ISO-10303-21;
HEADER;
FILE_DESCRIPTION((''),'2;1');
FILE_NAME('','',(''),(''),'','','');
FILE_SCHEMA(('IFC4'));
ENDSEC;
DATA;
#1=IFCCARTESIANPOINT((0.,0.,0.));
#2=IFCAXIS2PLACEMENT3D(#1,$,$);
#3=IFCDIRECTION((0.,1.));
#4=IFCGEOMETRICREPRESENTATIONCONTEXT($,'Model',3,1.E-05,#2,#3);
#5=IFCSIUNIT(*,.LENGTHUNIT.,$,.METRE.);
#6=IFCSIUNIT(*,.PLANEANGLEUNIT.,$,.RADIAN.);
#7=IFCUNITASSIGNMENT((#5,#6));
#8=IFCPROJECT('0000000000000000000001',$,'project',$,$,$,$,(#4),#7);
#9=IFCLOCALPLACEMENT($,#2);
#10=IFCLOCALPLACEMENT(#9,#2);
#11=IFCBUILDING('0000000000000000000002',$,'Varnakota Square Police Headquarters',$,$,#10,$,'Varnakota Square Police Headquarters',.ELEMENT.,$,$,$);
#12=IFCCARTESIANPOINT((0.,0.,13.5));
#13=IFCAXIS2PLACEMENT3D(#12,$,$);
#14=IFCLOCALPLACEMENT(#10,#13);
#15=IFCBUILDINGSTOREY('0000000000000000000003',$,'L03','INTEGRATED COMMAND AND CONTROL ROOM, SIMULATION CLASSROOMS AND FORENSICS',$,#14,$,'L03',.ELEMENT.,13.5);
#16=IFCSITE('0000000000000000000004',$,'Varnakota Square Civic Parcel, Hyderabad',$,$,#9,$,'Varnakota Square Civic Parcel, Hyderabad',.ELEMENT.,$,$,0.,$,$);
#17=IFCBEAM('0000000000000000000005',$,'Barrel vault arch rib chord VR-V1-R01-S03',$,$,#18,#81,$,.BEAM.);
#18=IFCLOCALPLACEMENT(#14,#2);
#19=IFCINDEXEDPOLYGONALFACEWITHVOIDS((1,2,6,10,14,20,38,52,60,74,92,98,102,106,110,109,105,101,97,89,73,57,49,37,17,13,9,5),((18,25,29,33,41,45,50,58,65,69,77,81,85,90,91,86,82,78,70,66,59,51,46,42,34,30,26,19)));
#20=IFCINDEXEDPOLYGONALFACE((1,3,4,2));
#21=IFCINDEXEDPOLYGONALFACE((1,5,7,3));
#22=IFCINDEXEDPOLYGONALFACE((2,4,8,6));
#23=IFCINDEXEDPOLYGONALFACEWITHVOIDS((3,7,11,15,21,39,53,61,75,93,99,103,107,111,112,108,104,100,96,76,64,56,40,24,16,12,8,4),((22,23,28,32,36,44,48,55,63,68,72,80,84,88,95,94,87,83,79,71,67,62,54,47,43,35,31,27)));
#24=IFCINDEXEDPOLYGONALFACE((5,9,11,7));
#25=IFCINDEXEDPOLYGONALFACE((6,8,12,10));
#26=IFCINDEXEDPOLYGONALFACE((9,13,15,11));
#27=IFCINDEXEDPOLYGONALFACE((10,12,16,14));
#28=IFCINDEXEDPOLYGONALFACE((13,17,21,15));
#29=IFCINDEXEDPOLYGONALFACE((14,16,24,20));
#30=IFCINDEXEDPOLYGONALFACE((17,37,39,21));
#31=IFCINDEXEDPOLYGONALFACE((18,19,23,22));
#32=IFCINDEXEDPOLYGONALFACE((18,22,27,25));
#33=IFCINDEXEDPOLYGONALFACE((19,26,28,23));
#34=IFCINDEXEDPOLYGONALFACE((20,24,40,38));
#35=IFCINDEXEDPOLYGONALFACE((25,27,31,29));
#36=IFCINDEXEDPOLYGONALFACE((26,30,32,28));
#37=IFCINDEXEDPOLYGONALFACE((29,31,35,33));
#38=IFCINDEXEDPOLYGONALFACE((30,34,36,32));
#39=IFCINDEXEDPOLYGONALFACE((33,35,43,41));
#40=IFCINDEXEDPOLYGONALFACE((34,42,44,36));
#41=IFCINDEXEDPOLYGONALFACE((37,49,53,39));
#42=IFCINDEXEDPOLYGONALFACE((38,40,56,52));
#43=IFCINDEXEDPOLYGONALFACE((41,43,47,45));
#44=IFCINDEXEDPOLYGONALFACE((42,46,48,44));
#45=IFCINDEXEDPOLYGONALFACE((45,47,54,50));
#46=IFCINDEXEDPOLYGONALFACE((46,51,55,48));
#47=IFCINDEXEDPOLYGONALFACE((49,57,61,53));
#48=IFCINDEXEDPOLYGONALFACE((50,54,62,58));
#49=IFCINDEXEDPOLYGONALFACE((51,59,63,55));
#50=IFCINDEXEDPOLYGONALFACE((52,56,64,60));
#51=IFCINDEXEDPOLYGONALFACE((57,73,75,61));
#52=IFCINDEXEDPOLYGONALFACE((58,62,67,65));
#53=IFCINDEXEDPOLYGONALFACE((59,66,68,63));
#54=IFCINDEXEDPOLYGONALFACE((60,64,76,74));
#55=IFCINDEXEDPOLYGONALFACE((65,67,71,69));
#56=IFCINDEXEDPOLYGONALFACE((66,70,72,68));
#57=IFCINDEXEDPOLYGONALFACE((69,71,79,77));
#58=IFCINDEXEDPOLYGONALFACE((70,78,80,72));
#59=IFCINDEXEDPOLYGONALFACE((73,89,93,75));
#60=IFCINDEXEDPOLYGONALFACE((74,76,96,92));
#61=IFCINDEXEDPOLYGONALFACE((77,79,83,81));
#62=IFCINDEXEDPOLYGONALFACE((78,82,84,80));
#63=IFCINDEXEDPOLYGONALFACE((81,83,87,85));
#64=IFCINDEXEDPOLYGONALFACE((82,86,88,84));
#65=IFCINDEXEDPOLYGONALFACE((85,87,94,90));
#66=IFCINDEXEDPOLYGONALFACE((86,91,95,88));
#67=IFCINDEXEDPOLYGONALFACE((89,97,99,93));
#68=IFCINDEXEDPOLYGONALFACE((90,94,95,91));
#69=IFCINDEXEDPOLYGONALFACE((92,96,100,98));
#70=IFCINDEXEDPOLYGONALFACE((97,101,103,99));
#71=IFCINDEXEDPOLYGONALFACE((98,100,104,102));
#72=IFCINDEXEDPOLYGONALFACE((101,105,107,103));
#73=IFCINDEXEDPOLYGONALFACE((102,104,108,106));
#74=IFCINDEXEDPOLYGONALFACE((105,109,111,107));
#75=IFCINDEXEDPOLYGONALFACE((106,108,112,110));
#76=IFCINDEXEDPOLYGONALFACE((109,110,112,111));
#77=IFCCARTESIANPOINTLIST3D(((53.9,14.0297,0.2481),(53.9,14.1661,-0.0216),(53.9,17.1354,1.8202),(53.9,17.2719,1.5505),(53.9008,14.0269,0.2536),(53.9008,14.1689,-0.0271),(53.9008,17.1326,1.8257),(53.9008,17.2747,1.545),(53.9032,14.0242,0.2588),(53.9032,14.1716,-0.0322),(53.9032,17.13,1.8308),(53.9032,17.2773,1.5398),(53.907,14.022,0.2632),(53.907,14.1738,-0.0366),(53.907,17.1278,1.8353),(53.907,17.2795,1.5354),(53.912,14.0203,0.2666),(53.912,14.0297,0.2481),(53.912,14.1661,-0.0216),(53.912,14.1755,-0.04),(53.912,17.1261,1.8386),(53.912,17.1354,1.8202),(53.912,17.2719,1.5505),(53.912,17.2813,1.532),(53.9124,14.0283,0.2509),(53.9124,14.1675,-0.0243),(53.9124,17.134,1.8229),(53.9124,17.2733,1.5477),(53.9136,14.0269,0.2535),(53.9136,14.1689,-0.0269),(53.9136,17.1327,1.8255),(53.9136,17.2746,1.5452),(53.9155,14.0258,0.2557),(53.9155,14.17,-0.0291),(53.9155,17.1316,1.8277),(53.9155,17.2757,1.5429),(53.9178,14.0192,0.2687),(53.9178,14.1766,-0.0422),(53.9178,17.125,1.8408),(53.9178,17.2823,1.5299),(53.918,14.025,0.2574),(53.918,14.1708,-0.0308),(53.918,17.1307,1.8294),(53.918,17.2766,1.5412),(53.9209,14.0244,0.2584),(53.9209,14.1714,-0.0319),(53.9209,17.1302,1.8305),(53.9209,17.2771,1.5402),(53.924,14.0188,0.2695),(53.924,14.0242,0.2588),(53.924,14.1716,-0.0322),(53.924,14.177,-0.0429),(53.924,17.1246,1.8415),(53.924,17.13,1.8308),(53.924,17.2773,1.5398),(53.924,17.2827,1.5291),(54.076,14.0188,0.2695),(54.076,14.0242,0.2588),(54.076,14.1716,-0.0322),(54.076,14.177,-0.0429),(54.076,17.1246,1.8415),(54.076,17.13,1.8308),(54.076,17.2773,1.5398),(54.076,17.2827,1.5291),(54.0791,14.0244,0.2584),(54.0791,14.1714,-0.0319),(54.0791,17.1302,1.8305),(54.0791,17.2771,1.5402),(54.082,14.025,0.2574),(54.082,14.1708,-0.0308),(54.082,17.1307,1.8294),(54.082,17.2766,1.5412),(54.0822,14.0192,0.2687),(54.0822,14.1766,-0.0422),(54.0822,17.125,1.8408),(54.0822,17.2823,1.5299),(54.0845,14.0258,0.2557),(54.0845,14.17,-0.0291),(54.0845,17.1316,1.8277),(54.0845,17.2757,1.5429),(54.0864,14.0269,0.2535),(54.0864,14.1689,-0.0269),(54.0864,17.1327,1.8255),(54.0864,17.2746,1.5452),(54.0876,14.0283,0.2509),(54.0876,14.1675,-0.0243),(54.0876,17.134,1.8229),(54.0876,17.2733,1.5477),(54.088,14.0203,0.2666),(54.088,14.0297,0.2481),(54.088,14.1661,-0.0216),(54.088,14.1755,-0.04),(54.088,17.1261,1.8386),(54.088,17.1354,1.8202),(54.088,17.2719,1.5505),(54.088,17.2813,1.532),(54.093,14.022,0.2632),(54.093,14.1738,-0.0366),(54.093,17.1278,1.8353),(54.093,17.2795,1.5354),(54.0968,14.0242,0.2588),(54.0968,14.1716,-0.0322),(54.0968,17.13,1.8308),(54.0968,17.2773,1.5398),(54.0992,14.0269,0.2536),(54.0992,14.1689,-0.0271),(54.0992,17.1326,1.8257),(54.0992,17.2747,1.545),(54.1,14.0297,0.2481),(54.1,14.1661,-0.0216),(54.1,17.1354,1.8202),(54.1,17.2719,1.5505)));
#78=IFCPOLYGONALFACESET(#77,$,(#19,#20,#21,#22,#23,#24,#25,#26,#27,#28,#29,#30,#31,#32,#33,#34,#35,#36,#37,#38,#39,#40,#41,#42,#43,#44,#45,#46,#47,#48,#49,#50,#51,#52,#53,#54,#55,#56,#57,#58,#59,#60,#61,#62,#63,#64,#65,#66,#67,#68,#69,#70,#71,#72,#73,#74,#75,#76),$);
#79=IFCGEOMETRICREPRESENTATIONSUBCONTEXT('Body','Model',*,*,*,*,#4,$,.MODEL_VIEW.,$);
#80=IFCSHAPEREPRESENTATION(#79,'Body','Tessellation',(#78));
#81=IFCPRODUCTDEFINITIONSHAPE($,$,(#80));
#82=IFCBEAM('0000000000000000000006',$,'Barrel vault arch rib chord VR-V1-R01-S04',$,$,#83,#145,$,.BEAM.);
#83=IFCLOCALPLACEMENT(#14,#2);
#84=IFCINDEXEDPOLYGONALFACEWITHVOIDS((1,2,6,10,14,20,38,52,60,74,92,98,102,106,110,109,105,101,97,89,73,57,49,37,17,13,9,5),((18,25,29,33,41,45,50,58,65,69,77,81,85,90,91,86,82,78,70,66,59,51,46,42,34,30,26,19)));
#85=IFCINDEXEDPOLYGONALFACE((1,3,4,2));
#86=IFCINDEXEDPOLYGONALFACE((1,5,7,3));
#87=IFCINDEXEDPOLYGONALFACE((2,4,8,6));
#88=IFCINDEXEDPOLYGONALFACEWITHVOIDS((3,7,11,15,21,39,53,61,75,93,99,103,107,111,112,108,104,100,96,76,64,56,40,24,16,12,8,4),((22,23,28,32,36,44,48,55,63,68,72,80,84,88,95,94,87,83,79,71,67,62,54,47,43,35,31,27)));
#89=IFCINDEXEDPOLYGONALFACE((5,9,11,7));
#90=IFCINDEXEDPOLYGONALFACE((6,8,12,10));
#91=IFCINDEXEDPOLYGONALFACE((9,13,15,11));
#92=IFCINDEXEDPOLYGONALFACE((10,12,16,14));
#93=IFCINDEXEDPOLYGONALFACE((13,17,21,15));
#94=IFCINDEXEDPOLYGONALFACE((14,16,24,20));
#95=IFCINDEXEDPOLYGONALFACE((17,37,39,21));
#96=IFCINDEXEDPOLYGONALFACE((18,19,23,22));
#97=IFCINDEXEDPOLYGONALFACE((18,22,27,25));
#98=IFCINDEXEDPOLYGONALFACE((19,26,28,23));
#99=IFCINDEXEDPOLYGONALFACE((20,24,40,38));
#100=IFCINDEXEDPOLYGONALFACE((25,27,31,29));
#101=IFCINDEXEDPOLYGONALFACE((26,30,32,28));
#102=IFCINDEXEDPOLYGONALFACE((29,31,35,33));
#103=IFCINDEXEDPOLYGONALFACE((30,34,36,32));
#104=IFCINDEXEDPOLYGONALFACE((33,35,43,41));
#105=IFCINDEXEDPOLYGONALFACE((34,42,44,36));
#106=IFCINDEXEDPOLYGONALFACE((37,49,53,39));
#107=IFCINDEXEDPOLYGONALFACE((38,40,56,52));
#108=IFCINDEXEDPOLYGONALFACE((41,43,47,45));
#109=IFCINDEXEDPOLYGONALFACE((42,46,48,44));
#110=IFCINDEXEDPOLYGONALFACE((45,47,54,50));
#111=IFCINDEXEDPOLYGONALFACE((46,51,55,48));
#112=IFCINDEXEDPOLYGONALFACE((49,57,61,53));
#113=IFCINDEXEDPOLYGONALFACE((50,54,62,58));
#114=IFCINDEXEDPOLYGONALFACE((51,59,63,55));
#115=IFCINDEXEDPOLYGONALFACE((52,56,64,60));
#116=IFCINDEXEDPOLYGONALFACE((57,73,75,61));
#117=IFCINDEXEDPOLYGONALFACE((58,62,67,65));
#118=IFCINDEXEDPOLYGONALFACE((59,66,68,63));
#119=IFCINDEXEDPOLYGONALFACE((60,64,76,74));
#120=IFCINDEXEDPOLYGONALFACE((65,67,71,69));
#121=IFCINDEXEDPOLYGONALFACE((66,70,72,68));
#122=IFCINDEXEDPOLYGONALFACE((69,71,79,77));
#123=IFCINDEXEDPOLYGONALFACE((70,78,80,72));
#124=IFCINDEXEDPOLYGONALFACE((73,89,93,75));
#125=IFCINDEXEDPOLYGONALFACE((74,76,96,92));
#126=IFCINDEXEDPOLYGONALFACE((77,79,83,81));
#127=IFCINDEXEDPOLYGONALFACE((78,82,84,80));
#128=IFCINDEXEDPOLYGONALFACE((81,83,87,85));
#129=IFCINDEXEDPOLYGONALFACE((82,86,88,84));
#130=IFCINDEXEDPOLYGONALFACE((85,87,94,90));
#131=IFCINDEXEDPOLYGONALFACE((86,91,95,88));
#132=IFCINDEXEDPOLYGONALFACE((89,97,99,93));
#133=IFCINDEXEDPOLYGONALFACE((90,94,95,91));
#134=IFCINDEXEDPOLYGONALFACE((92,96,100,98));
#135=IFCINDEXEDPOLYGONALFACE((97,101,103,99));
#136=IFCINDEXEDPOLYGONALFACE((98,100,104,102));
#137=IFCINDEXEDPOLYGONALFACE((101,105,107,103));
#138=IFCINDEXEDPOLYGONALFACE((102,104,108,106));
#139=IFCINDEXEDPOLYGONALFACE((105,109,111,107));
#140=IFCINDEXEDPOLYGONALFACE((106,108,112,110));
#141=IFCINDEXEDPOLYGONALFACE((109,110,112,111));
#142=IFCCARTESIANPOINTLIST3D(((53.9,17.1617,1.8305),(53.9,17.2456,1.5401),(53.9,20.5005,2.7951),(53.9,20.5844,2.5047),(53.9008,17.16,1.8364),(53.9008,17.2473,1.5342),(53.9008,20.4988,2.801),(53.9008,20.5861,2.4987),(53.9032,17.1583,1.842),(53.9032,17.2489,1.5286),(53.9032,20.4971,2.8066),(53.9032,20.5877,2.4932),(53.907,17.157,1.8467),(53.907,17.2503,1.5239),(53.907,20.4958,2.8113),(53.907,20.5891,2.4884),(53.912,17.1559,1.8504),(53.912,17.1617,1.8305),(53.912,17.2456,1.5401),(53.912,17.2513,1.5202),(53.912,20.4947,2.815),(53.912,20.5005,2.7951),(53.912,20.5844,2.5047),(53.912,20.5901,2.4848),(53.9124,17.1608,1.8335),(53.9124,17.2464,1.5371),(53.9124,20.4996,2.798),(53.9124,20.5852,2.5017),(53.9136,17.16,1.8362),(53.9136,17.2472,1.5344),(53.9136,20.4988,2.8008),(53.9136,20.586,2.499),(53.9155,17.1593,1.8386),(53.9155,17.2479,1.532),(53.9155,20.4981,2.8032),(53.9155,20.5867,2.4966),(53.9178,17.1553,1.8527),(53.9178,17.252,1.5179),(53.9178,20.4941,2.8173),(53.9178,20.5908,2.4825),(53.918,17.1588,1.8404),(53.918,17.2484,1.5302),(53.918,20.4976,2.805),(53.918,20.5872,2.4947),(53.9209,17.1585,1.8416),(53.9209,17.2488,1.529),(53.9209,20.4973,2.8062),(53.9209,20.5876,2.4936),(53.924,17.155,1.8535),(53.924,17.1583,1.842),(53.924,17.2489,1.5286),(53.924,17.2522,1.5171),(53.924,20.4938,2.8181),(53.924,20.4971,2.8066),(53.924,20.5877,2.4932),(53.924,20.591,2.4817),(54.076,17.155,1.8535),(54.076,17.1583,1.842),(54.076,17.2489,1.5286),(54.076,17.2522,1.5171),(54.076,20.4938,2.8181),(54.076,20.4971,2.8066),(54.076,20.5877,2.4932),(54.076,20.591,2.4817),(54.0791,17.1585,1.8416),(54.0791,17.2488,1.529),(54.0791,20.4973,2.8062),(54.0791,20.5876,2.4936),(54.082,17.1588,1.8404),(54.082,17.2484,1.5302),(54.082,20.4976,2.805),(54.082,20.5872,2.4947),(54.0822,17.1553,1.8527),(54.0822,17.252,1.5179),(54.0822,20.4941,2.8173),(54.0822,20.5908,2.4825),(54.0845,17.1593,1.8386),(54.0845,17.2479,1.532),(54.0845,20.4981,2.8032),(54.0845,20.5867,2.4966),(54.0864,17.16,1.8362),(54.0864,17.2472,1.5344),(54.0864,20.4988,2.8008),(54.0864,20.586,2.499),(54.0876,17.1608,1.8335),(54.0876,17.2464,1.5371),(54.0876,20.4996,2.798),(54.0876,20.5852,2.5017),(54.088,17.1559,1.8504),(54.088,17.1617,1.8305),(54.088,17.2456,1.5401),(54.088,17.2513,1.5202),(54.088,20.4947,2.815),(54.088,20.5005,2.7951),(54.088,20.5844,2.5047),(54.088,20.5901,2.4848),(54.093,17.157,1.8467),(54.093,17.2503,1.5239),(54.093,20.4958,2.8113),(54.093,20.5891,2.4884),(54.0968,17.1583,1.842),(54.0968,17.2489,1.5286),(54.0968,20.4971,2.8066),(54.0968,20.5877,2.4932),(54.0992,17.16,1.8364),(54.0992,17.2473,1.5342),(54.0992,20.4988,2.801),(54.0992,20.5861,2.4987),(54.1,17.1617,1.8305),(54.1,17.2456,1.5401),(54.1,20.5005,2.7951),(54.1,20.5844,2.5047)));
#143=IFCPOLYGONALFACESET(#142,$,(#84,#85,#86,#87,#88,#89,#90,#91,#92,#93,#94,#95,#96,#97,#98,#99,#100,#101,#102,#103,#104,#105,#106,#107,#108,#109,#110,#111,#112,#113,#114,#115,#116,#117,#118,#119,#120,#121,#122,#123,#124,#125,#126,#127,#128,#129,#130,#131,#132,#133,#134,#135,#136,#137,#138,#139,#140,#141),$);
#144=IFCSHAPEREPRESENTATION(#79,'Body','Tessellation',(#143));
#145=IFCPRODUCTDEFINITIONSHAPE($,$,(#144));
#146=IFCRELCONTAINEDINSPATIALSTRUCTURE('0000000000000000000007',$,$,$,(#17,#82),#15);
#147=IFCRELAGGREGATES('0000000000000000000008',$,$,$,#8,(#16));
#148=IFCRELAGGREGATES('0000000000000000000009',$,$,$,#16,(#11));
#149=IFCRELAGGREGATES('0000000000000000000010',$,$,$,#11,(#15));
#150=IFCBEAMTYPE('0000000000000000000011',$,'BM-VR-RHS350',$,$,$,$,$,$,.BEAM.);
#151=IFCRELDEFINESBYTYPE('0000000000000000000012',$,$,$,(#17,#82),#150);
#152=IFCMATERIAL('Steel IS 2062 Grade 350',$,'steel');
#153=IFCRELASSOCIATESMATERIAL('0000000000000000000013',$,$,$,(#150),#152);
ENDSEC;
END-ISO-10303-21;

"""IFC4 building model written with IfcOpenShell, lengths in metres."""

from ifc_helpers import new_model, si_unit, direction, frame, origin, origin_2d, place, context, subcontext, project, spatial, hollow_rectangle, extrude, material, material_profile, profile_set, type_object, element, save


model = new_model("IFC4")

# Units and contexts
model_context = context("Model", 3, precision=1e-05, world=origin(), true_north=direction((0.0, 1.0)))
body_context = subcontext(model_context, "Body", "Model", "MODEL_VIEW")
ifc_project = project(units=[si_unit("LENGTHUNIT", "METRE"), si_unit("PLANEANGLEUNIT", "RADIAN")], contexts=[model_context])

# Site, building, storey
site_placement = place(None, origin())
site = spatial("IfcSite", under=ifc_project, at=site_placement, Name="Varnakota Square Civic Parcel, Hyderabad", LongName="Varnakota Square Civic Parcel, Hyderabad", CompositionType="ELEMENT", RefElevation=0.0)
building_placement = place(site_placement, origin())
building = spatial("IfcBuilding", under=site, at=building_placement, Name="Varnakota Square Police Headquarters", LongName="Varnakota Square Police Headquarters", CompositionType="ELEMENT")
storey_placement = place(building_placement, frame((0.0, 0.0, 13.5)))
storey = spatial("IfcBuildingStorey", under=building, at=storey_placement, Name="L03", Description="INTEGRATED COMMAND AND CONTROL ROOM, SIMULATION CLASSROOMS AND FORENSICS", LongName="L03", CompositionType="ELEMENT", Elevation=13.5)

# Shared definitions
ifc_material_1 = material(Name="Steel IS 2062 Grade 350", Category="steel")

# Beams
ifc_material_profile_1 = material_profile(ifc_material_1, hollow_rectangle(XDim=0.2, YDim=0.3501, WallThickness=0.012, InnerFilletRadius=0.012, OuterFilletRadius=0.0239, at=origin_2d()), Name="RHS 350x200x12")
ifc_profile_set_1 = profile_set([ifc_material_profile_1], Name="Steel IS 2062 Grade 350")
beam_type_1 = type_object("IfcBeamType", Name="BM-VR-RHS350", PredefinedType="BEAM", material=ifc_profile_set_1)
beam_1_placement = place(storey_placement, frame((54.0, 14.0979, 0.1133), z_axis=(0.0, 0.892214, 0.451613), x_axis=(-1.0, 0.0, 0.0)))
element("IfcBeam", 1, at=beam_1_placement, inside=storey, type_object=beam_type_1, Name="Barrel vault arch rib chord VR-V1-R01-S03", PredefinedType="BEAM", context=body_context, shape_type="SweptSolid", body=[
    extrude(hollow_rectangle(XDim=0.2, YDim=0.3501, WallThickness=0.012, InnerFilletRadius=0.012, OuterFilletRadius=0.0239, at=origin_2d()), origin(), (0.0, 0.0, 1.0), 3.481),
])
beam_2_placement = place(storey_placement, frame((54.0, 17.2036, 1.6853), z_axis=(0.0, 0.960711, 0.27755), x_axis=(-1.0, 0.0, 0.0)))
element("IfcBeam", 2, at=beam_2_placement, inside=storey, type_object=beam_type_1, Name="Barrel vault arch rib chord VR-V1-R01-S04", PredefinedType="BEAM", context=body_context, shape_type="SweptSolid", body=[
    extrude(hollow_rectangle(XDim=0.2, YDim=0.3501, WallThickness=0.012, InnerFilletRadius=0.012, OuterFilletRadius=0.0239, at=origin_2d()), origin(), (0.0, 0.0, 1.0), 3.4753),
])

save(model, "model.ifc")
